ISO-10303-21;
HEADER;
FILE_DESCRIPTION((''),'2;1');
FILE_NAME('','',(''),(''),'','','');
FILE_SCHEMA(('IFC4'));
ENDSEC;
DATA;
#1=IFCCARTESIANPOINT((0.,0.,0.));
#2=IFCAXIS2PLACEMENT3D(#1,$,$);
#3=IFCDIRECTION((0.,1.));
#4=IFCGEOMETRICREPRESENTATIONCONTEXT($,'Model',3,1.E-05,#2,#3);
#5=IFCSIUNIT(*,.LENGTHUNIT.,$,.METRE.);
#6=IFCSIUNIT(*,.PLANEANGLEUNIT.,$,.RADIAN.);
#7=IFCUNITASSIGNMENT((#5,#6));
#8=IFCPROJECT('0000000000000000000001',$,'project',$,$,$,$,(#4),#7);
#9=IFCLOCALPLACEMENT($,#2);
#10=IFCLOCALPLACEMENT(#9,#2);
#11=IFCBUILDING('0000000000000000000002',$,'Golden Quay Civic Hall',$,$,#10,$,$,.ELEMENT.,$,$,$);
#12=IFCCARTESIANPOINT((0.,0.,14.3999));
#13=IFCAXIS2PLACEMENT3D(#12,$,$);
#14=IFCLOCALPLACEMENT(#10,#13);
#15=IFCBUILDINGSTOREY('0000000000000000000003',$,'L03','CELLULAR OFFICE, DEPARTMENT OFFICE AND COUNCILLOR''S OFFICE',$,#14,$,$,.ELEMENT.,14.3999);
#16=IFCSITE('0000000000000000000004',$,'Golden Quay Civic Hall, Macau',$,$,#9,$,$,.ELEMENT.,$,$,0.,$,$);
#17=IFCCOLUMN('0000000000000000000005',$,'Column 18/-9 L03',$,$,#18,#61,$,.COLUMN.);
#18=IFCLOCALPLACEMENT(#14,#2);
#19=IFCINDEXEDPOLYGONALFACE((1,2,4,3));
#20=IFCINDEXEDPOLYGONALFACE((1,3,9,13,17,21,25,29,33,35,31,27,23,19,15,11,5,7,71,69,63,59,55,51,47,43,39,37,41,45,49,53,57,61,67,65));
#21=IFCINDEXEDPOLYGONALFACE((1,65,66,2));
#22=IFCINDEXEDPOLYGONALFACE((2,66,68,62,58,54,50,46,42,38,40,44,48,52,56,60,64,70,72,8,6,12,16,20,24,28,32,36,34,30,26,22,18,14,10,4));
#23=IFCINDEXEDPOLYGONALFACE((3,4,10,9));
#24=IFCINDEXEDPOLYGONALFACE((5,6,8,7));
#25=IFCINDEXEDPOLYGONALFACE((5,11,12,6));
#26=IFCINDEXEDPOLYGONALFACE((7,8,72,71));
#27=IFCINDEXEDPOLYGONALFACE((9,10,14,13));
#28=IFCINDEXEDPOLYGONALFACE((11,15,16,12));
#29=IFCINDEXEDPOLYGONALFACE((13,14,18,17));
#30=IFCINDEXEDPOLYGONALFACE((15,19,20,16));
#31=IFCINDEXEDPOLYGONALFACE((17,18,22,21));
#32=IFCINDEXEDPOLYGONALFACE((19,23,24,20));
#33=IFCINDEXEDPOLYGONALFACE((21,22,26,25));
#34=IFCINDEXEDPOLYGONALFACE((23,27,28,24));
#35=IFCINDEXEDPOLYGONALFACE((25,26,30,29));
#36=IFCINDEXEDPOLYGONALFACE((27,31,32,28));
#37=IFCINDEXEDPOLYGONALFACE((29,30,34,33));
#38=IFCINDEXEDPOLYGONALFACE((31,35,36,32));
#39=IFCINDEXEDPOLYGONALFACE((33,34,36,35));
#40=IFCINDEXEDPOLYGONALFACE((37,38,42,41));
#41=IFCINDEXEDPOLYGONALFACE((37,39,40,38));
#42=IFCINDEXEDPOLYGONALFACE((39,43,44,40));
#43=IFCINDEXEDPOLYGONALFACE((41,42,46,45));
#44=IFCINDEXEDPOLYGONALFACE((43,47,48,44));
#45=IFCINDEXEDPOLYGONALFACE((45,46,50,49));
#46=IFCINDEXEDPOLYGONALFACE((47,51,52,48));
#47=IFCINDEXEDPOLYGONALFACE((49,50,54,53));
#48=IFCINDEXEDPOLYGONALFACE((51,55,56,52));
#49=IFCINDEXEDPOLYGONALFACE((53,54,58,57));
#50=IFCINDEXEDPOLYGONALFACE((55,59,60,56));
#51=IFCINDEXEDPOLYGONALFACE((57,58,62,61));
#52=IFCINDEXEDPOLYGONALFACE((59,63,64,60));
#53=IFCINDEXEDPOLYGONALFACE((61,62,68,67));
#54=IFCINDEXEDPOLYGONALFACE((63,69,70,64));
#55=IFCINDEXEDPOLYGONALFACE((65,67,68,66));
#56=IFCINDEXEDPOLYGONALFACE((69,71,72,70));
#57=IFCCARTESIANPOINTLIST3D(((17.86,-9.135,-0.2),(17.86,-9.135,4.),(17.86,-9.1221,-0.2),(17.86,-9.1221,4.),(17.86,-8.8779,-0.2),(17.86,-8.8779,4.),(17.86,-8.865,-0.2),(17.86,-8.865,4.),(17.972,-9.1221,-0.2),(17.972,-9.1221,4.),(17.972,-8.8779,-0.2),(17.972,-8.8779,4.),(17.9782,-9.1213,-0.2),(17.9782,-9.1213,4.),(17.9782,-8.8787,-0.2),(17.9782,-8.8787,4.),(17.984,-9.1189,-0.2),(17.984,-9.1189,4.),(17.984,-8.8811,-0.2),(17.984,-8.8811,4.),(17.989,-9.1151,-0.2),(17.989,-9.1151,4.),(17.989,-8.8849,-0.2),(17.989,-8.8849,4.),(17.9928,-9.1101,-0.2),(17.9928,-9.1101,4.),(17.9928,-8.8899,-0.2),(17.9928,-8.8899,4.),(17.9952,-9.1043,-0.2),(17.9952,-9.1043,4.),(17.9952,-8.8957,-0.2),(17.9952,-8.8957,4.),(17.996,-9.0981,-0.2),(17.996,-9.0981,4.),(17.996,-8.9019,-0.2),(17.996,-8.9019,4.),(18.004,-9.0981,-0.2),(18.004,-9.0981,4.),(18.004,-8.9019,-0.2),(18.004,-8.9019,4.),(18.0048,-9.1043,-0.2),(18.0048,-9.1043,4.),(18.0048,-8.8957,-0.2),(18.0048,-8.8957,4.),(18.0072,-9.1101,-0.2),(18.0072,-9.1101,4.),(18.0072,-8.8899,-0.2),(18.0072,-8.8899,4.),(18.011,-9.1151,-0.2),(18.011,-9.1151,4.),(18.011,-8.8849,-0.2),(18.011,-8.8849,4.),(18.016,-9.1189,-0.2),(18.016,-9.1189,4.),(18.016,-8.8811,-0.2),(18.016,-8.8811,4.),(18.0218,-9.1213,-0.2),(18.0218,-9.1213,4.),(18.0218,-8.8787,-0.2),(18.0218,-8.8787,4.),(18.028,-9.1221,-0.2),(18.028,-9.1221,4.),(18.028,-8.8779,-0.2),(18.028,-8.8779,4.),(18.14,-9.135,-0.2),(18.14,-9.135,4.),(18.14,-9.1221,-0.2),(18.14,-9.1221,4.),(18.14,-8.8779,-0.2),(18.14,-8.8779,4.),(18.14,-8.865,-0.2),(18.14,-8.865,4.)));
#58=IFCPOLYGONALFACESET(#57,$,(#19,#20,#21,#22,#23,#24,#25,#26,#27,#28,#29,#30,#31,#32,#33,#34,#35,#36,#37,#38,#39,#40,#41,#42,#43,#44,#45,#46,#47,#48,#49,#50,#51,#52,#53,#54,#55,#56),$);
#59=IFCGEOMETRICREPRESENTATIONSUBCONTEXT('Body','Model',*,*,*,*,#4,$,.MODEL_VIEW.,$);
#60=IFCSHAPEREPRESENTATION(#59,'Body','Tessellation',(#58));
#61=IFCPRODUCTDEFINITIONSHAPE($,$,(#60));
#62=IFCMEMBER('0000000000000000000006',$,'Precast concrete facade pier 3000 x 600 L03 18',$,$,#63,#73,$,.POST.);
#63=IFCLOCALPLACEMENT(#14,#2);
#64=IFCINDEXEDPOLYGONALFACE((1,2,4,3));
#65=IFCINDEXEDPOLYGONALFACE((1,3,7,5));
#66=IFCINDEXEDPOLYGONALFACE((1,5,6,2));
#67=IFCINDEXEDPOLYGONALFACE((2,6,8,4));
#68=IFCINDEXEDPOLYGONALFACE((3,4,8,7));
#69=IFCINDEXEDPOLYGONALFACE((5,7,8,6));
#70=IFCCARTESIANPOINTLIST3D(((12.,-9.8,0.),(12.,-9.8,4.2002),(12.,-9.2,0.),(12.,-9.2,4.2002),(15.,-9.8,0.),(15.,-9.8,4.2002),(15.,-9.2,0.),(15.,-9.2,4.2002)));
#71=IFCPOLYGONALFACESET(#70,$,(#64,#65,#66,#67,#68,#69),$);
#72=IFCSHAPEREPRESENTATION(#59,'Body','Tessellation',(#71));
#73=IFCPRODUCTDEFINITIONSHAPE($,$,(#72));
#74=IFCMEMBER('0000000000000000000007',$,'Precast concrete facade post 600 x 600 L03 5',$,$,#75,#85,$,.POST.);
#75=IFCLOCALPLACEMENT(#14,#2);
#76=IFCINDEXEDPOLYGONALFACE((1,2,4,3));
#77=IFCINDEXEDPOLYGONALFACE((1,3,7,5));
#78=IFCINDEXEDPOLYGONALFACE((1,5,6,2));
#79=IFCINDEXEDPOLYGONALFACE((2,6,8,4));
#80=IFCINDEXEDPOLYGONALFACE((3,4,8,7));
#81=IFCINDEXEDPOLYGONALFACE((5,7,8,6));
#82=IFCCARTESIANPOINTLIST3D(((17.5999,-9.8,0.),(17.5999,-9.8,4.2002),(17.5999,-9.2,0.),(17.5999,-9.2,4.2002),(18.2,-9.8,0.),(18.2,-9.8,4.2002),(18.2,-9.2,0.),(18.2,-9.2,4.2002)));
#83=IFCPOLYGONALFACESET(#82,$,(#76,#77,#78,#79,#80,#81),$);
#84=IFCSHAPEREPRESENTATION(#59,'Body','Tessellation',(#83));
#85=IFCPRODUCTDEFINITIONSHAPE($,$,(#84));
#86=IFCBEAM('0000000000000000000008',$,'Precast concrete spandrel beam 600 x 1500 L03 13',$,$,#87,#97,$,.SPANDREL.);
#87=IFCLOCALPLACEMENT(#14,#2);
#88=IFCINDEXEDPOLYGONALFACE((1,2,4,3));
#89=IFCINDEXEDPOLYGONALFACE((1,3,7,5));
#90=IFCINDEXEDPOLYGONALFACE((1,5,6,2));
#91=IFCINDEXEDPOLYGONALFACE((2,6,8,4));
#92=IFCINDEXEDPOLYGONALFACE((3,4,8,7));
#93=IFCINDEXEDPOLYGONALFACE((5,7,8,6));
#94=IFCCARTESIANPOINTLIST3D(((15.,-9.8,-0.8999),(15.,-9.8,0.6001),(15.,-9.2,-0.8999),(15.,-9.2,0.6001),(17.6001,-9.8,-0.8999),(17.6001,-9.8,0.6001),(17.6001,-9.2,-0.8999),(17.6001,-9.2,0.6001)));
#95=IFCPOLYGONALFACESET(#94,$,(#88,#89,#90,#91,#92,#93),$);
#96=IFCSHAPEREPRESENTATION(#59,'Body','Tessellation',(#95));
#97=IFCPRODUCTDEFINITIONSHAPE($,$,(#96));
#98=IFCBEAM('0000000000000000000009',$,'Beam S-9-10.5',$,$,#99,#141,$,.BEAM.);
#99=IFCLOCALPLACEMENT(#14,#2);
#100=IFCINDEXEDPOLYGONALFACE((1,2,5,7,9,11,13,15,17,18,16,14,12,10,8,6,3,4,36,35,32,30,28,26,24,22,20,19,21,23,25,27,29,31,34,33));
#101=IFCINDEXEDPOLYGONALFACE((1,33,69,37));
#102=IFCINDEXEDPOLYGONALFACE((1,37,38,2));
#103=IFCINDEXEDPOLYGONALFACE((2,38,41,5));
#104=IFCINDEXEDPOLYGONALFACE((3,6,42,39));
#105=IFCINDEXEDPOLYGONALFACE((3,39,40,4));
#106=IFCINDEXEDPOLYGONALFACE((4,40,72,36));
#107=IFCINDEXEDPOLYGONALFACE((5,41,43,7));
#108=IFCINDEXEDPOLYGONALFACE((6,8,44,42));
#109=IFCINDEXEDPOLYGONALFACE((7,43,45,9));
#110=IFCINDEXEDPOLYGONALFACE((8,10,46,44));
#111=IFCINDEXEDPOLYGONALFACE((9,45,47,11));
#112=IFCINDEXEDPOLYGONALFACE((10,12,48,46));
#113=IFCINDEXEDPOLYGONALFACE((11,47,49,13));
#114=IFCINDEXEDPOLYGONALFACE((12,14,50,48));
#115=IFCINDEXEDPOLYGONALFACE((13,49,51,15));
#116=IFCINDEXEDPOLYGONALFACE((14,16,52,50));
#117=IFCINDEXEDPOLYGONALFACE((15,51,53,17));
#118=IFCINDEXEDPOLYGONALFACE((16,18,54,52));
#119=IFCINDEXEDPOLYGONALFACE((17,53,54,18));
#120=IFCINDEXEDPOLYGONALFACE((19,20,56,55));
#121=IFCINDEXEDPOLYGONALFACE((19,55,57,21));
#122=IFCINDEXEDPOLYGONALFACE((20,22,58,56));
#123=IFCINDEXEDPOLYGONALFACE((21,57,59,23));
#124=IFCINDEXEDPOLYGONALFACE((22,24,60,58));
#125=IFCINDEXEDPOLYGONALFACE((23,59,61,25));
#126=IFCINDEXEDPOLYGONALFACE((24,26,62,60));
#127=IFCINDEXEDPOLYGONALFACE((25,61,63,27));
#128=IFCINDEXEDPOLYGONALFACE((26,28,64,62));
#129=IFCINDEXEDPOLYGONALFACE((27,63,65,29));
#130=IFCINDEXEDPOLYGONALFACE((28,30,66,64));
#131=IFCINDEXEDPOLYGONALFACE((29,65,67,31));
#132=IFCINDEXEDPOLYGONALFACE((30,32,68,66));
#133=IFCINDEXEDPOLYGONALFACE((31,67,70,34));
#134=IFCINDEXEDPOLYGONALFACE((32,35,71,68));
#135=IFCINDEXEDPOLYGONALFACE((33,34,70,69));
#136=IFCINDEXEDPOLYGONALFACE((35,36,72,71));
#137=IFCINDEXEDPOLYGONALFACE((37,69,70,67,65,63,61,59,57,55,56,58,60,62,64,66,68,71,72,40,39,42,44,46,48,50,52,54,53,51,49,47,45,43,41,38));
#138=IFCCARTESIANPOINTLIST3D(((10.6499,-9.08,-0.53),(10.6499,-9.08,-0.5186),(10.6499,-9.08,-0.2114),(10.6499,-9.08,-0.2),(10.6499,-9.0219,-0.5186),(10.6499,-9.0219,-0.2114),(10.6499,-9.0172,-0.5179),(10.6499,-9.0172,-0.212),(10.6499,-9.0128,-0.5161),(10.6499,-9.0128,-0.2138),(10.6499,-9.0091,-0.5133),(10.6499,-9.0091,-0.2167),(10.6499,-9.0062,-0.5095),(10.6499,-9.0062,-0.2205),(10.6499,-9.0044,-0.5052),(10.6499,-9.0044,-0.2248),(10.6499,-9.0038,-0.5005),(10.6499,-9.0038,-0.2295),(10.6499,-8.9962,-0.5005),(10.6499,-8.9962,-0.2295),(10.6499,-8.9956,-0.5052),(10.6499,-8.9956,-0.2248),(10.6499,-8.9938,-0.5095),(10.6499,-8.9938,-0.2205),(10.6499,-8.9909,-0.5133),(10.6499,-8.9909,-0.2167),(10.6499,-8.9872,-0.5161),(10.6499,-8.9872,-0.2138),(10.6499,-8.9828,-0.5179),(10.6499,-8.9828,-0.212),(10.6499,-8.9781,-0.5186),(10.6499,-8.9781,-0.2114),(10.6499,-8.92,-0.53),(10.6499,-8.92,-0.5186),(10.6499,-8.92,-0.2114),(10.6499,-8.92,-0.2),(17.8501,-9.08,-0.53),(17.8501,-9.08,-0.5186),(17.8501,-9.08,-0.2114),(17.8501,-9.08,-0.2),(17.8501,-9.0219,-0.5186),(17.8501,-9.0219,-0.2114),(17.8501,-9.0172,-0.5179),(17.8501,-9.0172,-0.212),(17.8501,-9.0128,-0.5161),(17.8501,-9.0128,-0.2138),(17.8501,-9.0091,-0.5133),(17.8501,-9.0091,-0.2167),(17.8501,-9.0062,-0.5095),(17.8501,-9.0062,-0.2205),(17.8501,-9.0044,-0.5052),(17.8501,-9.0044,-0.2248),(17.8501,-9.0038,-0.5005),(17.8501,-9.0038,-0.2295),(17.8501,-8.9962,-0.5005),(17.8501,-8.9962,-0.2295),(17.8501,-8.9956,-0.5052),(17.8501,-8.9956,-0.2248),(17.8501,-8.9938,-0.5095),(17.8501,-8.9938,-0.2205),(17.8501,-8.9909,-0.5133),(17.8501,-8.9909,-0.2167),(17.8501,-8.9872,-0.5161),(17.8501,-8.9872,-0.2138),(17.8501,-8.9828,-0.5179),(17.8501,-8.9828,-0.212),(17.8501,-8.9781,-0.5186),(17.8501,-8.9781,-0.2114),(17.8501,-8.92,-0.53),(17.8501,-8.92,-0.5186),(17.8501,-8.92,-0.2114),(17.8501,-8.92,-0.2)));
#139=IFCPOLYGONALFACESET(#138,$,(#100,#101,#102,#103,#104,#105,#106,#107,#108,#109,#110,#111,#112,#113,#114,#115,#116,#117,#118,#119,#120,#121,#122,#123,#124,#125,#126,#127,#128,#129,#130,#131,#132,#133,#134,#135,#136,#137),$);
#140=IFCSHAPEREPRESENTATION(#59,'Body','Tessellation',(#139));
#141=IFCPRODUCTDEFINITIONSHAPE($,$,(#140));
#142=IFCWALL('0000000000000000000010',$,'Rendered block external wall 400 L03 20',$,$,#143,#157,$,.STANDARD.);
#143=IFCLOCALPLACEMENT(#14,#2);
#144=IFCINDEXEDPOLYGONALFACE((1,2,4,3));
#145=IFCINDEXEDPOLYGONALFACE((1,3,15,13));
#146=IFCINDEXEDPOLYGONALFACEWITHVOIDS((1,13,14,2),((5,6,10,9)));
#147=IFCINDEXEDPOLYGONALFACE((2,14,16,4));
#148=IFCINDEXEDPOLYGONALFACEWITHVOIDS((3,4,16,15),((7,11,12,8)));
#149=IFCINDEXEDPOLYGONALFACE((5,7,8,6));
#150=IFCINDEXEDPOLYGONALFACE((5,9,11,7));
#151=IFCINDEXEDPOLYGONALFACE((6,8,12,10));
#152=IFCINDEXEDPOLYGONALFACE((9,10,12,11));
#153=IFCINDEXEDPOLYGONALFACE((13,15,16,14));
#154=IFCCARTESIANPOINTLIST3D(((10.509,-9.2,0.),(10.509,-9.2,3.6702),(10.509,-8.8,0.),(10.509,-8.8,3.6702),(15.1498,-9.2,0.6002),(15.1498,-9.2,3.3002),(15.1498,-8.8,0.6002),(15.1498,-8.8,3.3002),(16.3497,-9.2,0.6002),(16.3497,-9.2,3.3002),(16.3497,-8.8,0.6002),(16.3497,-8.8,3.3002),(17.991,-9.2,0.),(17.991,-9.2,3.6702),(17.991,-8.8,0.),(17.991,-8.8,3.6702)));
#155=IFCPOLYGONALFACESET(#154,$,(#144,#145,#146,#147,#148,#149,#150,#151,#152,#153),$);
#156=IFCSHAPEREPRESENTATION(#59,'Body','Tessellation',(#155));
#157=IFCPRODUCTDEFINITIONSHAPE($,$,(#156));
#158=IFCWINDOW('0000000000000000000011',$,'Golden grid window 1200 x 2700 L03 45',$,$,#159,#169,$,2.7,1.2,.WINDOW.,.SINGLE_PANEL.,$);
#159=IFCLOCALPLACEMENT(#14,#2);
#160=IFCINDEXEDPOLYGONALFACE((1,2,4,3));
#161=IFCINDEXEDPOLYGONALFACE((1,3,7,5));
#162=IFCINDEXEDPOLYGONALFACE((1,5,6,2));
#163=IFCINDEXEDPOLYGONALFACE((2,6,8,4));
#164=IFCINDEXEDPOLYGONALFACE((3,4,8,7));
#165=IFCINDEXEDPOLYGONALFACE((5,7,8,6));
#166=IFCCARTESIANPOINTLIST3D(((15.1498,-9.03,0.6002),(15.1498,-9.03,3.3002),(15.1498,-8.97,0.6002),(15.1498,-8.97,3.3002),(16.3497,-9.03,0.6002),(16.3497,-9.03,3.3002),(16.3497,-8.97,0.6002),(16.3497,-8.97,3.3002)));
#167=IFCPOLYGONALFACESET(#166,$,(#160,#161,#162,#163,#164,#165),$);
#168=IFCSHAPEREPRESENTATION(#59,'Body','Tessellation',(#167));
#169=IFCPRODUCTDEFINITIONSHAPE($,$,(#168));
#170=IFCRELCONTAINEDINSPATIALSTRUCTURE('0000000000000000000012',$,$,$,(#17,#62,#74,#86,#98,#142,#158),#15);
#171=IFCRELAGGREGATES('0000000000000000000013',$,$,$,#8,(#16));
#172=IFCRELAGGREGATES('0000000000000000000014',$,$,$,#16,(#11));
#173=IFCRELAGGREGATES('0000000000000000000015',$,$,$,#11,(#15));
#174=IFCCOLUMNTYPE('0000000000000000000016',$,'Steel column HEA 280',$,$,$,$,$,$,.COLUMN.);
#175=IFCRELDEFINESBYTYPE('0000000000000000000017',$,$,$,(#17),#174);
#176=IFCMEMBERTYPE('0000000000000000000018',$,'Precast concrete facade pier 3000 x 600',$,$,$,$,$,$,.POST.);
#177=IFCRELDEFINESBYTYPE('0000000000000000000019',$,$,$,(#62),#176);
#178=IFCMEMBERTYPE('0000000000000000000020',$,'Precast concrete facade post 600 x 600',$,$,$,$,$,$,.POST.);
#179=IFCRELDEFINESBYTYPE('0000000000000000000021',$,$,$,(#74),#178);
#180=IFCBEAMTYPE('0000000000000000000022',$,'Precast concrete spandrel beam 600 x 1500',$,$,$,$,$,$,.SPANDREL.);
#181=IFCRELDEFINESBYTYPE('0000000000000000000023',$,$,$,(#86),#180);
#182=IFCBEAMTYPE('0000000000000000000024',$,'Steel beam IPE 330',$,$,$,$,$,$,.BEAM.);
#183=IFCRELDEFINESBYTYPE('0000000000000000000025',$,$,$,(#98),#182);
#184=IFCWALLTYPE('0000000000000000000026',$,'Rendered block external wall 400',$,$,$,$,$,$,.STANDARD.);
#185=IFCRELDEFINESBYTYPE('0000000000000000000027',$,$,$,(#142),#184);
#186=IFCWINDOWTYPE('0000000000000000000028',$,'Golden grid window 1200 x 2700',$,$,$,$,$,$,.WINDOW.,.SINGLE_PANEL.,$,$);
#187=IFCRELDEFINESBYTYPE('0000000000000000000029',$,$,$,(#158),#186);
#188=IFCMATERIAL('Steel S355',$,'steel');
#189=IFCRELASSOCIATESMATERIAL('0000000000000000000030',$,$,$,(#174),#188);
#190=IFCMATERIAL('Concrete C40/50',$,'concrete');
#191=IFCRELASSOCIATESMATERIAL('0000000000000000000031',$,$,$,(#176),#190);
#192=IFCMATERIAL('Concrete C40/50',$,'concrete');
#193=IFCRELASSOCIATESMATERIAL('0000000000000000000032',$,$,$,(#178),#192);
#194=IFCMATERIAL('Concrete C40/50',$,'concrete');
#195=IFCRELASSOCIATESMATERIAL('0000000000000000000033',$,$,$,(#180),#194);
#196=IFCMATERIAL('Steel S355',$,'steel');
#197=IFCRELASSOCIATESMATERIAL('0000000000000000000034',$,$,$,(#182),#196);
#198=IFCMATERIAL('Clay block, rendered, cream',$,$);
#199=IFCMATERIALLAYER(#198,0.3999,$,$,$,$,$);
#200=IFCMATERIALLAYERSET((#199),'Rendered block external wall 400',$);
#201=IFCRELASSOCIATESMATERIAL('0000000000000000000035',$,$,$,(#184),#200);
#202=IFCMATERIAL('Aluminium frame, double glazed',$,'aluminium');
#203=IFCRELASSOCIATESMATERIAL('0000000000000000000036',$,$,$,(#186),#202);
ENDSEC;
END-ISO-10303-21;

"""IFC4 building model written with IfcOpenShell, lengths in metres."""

from ifc_helpers import new_model, si_unit, direction, frame, frame_2d, origin, origin_2d, place, context, subcontext, project, spatial, rectangle, i_section, extrude, material, layer, layer_set, material_profile, profile_set, type_object, element, fill, save


model = new_model("IFC4")

# Units and contexts
model_context = context("Model", 3, precision=1e-05, world=origin(), true_north=direction((0.0, 1.0)))
body_context = subcontext(model_context, "Body", "Model", "MODEL_VIEW")
ifc_project = project(units=[si_unit("LENGTHUNIT", "METRE"), si_unit("PLANEANGLEUNIT", "RADIAN")], contexts=[model_context])

# Site, building, storey
site_placement = place(None, origin())
site = spatial("IfcSite", under=ifc_project, at=site_placement, Name="Golden Quay Civic Hall, Macau", CompositionType="ELEMENT", RefElevation=0.0)
building_placement = place(site_placement, origin())
building = spatial("IfcBuilding", under=site, at=building_placement, Name="Golden Quay Civic Hall", CompositionType="ELEMENT")
storey_placement = place(building_placement, frame((0.0, 0.0, 14.3999)))
storey = spatial("IfcBuildingStorey", under=building, at=storey_placement, Name="L03", Description="CELLULAR OFFICE, DEPARTMENT OFFICE AND COUNCILLOR'S OFFICE", CompositionType="ELEMENT", Elevation=14.3999)

# Column
ifc_material_1 = material(Name="Steel S355", Category="steel")
ifc_material_profile_1 = material_profile(ifc_material_1, i_section(OverallWidth=0.28, OverallDepth=0.27, WebThickness=0.0081, FlangeThickness=0.0129, FilletRadius=0.0239, at=origin_2d()), Name="HEA 280")
ifc_profile_set_1 = profile_set([ifc_material_profile_1], Name="Steel S355")
column_type = type_object("IfcColumnType", Name="Steel column HEA 280", PredefinedType="COLUMN", material=ifc_profile_set_1)
column_placement = place(storey_placement, frame((18.0, -9.0, -0.2), z_axis=(0.0, 0.0, 1.0), x_axis=(1.0, 0.0, 0.0)))
element("IfcColumn", 1, at=column_placement, inside=storey, type_object=column_type, Name="Column 18/-9 L03", PredefinedType="COLUMN", context=body_context, shape_type="SweptSolid", body=[
    extrude(i_section(OverallWidth=0.28, OverallDepth=0.27, WebThickness=0.0081, FlangeThickness=0.0129, FilletRadius=0.0239, at=origin_2d()), origin(), (0.0, 0.0, 1.0), 4.2),
])

# Members
ifc_material_2 = material(Name="Concrete C40/50", Category="concrete")
ifc_material_profile_2 = material_profile(ifc_material_2, rectangle(XDim=3.0, YDim=0.6001, at=origin_2d()), Name="RC 3000x600")
ifc_profile_set_2 = profile_set([ifc_material_profile_2], Name="Concrete C40/50")
member_type_1 = type_object("IfcMemberType", Name="Precast concrete facade pier 3000 x 600", PredefinedType="POST", material=ifc_profile_set_2)
member_1_placement = place(storey_placement, frame((13.5, -9.5, 0.0), z_axis=(0.0, 0.0, 1.0), x_axis=(1.0, 0.0, 0.0)))
element("IfcMember", 2, at=member_1_placement, inside=storey, type_object=member_type_1, Name="Precast concrete facade pier 3000 x 600 L03 18", PredefinedType="POST", context=body_context, shape_type="SweptSolid", body=[
    extrude(rectangle(XDim=3.0, YDim=0.6001, at=origin_2d()), origin(), (0.0, 0.0, 1.0), 4.2002),
])
ifc_material_3 = material(Name="Concrete C40/50", Category="concrete")
ifc_material_profile_3 = material_profile(ifc_material_3, rectangle(XDim=0.6001, YDim=0.6001, at=origin_2d()), Name="RC 600x600")
ifc_profile_set_3 = profile_set([ifc_material_profile_3], Name="Concrete C40/50")
member_type_2 = type_object("IfcMemberType", Name="Precast concrete facade post 600 x 600", PredefinedType="POST", material=ifc_profile_set_3)
member_2_placement = place(storey_placement, frame((17.8999, -9.5, 0.0), z_axis=(0.0, 0.0, 1.0), x_axis=(1.0, 0.0, 0.0)))
element("IfcMember", 3, at=member_2_placement, inside=storey, type_object=member_type_2, Name="Precast concrete facade post 600 x 600 L03 5", PredefinedType="POST", context=body_context, shape_type="SweptSolid", body=[
    extrude(rectangle(XDim=0.6001, YDim=0.6001, at=origin_2d()), origin(), (0.0, 0.0, 1.0), 4.2002),
])

# Beams
ifc_material_4 = material(Name="Concrete C40/50", Category="concrete")
ifc_material_profile_4 = material_profile(ifc_material_4, rectangle(XDim=0.6001, YDim=1.5, at=origin_2d()), Name="RC 600x1500")
ifc_profile_set_4 = profile_set([ifc_material_profile_4], Name="Concrete C40/50")
beam_type_1 = type_object("IfcBeamType", Name="Precast concrete spandrel beam 600 x 1500", PredefinedType="SPANDREL", material=ifc_profile_set_4)
beam_1_placement = place(storey_placement, frame((15.0, -9.5, -0.1499), z_axis=(1.0, 0.0, 0.0), x_axis=(0.0, 1.0, 0.0)))
element("IfcBeam", 4, at=beam_1_placement, inside=storey, type_object=beam_type_1, Name="Precast concrete spandrel beam 600 x 1500 L03 13", PredefinedType="SPANDREL", context=body_context, shape_type="SweptSolid", body=[
    extrude(rectangle(XDim=0.6001, YDim=1.5, at=origin_2d()), origin(), (0.0, 0.0, 1.0), 2.6001),
])
ifc_material_5 = material(Name="Steel S355", Category="steel")
ifc_material_profile_5 = material_profile(ifc_material_5, i_section(OverallWidth=0.1599, OverallDepth=0.3301, WebThickness=0.0076, FlangeThickness=0.0115, FilletRadius=0.0181, at=origin_2d()), Name="IPE 330")
ifc_profile_set_5 = profile_set([ifc_material_profile_5], Name="Steel S355")
beam_type_2 = type_object("IfcBeamType", Name="Steel beam IPE 330", PredefinedType="BEAM", material=ifc_profile_set_5)
beam_2_placement = place(storey_placement, frame((10.6499, -9.0, -0.365), z_axis=(1.0, 0.0, 0.0), x_axis=(0.0, 1.0, 0.0)))
element("IfcBeam", 5, at=beam_2_placement, inside=storey, type_object=beam_type_2, Name="Beam S-9-10.5", PredefinedType="BEAM", context=body_context, shape_type="SweptSolid", body=[
    extrude(i_section(OverallWidth=0.1599, OverallDepth=0.3301, WebThickness=0.0076, FlangeThickness=0.0115, FilletRadius=0.0181, at=origin_2d()), origin(), (0.0, 0.0, 1.0), 7.2002),
])

# Wall, opening, window
ifc_material_6 = material(Name="Clay block, rendered, cream")
ifc_layer = layer(ifc_material_6, 0.3999)
ifc_layer_set = layer_set([ifc_layer], Name="Rendered block external wall 400")
wall_type = type_object("IfcWallType", Name="Rendered block external wall 400", PredefinedType="STANDARD", material=ifc_layer_set)
wall_placement = place(storey_placement, frame((17.991, -9.0, 0.0), z_axis=(0.0, 0.0, 1.0), x_axis=(-1.0, 0.0, 0.0)))
wall = element("IfcWall", 6, at=wall_placement, inside=storey, type_object=wall_type, Name="Rendered block external wall 400 L03 20", PredefinedType="STANDARD", context=body_context, shape_type="SweptSolid", body=[
    extrude(rectangle(XDim=7.4819, YDim=0.3999, at=frame_2d((3.741, 0.0))), origin(), (0.0, 0.0, 1.0), 3.6702),
])
opening_placement = place(wall_placement, frame((1.6411, 0.0, 0.6001)))
opening = element("IfcOpeningElement", 7, at=opening_placement, cuts=wall, PredefinedType="OPENING", context=body_context, shape_type="SweptSolid", body=[
    extrude(rectangle(XDim=1.2, YDim=2.7, at=frame_2d((0.6001, 1.3501))), frame((0.0, 0.21, 0.0), z_axis=(0.0, -1.0, 0.0), x_axis=(1.0, 0.0, 0.0)), (0.0, 0.0, 1.0), 0.4199),
])
ifc_material_7 = material(Name="Aluminium frame, double glazed", Category="aluminium")
window_type = type_object("IfcWindowType", Name="Golden grid window 1200 x 2700", PartitioningType="SINGLE_PANEL", PredefinedType="WINDOW", material=ifc_material_7)
window_placement = place(opening_placement, origin())
window = element("IfcWindow", 8, at=window_placement, inside=storey, type_object=window_type, Name="Golden grid window 1200 x 2700 L03 45", OverallHeight=2.7, OverallWidth=1.2, PartitioningType="SINGLE_PANEL", PredefinedType="WINDOW", context=body_context, shape_type="SweptSolid", body=[
    extrude(rectangle(XDim=1.2, YDim=2.7, at=frame_2d((0.6001, 1.3501))), frame((0.0, 0.03, 0.0), z_axis=(0.0, -1.0, 0.0), x_axis=(1.0, 0.0, 0.0)), (0.0, 0.0, 1.0), 0.0601),
])
fill(opening, window)

save(model, "model.ifc")
